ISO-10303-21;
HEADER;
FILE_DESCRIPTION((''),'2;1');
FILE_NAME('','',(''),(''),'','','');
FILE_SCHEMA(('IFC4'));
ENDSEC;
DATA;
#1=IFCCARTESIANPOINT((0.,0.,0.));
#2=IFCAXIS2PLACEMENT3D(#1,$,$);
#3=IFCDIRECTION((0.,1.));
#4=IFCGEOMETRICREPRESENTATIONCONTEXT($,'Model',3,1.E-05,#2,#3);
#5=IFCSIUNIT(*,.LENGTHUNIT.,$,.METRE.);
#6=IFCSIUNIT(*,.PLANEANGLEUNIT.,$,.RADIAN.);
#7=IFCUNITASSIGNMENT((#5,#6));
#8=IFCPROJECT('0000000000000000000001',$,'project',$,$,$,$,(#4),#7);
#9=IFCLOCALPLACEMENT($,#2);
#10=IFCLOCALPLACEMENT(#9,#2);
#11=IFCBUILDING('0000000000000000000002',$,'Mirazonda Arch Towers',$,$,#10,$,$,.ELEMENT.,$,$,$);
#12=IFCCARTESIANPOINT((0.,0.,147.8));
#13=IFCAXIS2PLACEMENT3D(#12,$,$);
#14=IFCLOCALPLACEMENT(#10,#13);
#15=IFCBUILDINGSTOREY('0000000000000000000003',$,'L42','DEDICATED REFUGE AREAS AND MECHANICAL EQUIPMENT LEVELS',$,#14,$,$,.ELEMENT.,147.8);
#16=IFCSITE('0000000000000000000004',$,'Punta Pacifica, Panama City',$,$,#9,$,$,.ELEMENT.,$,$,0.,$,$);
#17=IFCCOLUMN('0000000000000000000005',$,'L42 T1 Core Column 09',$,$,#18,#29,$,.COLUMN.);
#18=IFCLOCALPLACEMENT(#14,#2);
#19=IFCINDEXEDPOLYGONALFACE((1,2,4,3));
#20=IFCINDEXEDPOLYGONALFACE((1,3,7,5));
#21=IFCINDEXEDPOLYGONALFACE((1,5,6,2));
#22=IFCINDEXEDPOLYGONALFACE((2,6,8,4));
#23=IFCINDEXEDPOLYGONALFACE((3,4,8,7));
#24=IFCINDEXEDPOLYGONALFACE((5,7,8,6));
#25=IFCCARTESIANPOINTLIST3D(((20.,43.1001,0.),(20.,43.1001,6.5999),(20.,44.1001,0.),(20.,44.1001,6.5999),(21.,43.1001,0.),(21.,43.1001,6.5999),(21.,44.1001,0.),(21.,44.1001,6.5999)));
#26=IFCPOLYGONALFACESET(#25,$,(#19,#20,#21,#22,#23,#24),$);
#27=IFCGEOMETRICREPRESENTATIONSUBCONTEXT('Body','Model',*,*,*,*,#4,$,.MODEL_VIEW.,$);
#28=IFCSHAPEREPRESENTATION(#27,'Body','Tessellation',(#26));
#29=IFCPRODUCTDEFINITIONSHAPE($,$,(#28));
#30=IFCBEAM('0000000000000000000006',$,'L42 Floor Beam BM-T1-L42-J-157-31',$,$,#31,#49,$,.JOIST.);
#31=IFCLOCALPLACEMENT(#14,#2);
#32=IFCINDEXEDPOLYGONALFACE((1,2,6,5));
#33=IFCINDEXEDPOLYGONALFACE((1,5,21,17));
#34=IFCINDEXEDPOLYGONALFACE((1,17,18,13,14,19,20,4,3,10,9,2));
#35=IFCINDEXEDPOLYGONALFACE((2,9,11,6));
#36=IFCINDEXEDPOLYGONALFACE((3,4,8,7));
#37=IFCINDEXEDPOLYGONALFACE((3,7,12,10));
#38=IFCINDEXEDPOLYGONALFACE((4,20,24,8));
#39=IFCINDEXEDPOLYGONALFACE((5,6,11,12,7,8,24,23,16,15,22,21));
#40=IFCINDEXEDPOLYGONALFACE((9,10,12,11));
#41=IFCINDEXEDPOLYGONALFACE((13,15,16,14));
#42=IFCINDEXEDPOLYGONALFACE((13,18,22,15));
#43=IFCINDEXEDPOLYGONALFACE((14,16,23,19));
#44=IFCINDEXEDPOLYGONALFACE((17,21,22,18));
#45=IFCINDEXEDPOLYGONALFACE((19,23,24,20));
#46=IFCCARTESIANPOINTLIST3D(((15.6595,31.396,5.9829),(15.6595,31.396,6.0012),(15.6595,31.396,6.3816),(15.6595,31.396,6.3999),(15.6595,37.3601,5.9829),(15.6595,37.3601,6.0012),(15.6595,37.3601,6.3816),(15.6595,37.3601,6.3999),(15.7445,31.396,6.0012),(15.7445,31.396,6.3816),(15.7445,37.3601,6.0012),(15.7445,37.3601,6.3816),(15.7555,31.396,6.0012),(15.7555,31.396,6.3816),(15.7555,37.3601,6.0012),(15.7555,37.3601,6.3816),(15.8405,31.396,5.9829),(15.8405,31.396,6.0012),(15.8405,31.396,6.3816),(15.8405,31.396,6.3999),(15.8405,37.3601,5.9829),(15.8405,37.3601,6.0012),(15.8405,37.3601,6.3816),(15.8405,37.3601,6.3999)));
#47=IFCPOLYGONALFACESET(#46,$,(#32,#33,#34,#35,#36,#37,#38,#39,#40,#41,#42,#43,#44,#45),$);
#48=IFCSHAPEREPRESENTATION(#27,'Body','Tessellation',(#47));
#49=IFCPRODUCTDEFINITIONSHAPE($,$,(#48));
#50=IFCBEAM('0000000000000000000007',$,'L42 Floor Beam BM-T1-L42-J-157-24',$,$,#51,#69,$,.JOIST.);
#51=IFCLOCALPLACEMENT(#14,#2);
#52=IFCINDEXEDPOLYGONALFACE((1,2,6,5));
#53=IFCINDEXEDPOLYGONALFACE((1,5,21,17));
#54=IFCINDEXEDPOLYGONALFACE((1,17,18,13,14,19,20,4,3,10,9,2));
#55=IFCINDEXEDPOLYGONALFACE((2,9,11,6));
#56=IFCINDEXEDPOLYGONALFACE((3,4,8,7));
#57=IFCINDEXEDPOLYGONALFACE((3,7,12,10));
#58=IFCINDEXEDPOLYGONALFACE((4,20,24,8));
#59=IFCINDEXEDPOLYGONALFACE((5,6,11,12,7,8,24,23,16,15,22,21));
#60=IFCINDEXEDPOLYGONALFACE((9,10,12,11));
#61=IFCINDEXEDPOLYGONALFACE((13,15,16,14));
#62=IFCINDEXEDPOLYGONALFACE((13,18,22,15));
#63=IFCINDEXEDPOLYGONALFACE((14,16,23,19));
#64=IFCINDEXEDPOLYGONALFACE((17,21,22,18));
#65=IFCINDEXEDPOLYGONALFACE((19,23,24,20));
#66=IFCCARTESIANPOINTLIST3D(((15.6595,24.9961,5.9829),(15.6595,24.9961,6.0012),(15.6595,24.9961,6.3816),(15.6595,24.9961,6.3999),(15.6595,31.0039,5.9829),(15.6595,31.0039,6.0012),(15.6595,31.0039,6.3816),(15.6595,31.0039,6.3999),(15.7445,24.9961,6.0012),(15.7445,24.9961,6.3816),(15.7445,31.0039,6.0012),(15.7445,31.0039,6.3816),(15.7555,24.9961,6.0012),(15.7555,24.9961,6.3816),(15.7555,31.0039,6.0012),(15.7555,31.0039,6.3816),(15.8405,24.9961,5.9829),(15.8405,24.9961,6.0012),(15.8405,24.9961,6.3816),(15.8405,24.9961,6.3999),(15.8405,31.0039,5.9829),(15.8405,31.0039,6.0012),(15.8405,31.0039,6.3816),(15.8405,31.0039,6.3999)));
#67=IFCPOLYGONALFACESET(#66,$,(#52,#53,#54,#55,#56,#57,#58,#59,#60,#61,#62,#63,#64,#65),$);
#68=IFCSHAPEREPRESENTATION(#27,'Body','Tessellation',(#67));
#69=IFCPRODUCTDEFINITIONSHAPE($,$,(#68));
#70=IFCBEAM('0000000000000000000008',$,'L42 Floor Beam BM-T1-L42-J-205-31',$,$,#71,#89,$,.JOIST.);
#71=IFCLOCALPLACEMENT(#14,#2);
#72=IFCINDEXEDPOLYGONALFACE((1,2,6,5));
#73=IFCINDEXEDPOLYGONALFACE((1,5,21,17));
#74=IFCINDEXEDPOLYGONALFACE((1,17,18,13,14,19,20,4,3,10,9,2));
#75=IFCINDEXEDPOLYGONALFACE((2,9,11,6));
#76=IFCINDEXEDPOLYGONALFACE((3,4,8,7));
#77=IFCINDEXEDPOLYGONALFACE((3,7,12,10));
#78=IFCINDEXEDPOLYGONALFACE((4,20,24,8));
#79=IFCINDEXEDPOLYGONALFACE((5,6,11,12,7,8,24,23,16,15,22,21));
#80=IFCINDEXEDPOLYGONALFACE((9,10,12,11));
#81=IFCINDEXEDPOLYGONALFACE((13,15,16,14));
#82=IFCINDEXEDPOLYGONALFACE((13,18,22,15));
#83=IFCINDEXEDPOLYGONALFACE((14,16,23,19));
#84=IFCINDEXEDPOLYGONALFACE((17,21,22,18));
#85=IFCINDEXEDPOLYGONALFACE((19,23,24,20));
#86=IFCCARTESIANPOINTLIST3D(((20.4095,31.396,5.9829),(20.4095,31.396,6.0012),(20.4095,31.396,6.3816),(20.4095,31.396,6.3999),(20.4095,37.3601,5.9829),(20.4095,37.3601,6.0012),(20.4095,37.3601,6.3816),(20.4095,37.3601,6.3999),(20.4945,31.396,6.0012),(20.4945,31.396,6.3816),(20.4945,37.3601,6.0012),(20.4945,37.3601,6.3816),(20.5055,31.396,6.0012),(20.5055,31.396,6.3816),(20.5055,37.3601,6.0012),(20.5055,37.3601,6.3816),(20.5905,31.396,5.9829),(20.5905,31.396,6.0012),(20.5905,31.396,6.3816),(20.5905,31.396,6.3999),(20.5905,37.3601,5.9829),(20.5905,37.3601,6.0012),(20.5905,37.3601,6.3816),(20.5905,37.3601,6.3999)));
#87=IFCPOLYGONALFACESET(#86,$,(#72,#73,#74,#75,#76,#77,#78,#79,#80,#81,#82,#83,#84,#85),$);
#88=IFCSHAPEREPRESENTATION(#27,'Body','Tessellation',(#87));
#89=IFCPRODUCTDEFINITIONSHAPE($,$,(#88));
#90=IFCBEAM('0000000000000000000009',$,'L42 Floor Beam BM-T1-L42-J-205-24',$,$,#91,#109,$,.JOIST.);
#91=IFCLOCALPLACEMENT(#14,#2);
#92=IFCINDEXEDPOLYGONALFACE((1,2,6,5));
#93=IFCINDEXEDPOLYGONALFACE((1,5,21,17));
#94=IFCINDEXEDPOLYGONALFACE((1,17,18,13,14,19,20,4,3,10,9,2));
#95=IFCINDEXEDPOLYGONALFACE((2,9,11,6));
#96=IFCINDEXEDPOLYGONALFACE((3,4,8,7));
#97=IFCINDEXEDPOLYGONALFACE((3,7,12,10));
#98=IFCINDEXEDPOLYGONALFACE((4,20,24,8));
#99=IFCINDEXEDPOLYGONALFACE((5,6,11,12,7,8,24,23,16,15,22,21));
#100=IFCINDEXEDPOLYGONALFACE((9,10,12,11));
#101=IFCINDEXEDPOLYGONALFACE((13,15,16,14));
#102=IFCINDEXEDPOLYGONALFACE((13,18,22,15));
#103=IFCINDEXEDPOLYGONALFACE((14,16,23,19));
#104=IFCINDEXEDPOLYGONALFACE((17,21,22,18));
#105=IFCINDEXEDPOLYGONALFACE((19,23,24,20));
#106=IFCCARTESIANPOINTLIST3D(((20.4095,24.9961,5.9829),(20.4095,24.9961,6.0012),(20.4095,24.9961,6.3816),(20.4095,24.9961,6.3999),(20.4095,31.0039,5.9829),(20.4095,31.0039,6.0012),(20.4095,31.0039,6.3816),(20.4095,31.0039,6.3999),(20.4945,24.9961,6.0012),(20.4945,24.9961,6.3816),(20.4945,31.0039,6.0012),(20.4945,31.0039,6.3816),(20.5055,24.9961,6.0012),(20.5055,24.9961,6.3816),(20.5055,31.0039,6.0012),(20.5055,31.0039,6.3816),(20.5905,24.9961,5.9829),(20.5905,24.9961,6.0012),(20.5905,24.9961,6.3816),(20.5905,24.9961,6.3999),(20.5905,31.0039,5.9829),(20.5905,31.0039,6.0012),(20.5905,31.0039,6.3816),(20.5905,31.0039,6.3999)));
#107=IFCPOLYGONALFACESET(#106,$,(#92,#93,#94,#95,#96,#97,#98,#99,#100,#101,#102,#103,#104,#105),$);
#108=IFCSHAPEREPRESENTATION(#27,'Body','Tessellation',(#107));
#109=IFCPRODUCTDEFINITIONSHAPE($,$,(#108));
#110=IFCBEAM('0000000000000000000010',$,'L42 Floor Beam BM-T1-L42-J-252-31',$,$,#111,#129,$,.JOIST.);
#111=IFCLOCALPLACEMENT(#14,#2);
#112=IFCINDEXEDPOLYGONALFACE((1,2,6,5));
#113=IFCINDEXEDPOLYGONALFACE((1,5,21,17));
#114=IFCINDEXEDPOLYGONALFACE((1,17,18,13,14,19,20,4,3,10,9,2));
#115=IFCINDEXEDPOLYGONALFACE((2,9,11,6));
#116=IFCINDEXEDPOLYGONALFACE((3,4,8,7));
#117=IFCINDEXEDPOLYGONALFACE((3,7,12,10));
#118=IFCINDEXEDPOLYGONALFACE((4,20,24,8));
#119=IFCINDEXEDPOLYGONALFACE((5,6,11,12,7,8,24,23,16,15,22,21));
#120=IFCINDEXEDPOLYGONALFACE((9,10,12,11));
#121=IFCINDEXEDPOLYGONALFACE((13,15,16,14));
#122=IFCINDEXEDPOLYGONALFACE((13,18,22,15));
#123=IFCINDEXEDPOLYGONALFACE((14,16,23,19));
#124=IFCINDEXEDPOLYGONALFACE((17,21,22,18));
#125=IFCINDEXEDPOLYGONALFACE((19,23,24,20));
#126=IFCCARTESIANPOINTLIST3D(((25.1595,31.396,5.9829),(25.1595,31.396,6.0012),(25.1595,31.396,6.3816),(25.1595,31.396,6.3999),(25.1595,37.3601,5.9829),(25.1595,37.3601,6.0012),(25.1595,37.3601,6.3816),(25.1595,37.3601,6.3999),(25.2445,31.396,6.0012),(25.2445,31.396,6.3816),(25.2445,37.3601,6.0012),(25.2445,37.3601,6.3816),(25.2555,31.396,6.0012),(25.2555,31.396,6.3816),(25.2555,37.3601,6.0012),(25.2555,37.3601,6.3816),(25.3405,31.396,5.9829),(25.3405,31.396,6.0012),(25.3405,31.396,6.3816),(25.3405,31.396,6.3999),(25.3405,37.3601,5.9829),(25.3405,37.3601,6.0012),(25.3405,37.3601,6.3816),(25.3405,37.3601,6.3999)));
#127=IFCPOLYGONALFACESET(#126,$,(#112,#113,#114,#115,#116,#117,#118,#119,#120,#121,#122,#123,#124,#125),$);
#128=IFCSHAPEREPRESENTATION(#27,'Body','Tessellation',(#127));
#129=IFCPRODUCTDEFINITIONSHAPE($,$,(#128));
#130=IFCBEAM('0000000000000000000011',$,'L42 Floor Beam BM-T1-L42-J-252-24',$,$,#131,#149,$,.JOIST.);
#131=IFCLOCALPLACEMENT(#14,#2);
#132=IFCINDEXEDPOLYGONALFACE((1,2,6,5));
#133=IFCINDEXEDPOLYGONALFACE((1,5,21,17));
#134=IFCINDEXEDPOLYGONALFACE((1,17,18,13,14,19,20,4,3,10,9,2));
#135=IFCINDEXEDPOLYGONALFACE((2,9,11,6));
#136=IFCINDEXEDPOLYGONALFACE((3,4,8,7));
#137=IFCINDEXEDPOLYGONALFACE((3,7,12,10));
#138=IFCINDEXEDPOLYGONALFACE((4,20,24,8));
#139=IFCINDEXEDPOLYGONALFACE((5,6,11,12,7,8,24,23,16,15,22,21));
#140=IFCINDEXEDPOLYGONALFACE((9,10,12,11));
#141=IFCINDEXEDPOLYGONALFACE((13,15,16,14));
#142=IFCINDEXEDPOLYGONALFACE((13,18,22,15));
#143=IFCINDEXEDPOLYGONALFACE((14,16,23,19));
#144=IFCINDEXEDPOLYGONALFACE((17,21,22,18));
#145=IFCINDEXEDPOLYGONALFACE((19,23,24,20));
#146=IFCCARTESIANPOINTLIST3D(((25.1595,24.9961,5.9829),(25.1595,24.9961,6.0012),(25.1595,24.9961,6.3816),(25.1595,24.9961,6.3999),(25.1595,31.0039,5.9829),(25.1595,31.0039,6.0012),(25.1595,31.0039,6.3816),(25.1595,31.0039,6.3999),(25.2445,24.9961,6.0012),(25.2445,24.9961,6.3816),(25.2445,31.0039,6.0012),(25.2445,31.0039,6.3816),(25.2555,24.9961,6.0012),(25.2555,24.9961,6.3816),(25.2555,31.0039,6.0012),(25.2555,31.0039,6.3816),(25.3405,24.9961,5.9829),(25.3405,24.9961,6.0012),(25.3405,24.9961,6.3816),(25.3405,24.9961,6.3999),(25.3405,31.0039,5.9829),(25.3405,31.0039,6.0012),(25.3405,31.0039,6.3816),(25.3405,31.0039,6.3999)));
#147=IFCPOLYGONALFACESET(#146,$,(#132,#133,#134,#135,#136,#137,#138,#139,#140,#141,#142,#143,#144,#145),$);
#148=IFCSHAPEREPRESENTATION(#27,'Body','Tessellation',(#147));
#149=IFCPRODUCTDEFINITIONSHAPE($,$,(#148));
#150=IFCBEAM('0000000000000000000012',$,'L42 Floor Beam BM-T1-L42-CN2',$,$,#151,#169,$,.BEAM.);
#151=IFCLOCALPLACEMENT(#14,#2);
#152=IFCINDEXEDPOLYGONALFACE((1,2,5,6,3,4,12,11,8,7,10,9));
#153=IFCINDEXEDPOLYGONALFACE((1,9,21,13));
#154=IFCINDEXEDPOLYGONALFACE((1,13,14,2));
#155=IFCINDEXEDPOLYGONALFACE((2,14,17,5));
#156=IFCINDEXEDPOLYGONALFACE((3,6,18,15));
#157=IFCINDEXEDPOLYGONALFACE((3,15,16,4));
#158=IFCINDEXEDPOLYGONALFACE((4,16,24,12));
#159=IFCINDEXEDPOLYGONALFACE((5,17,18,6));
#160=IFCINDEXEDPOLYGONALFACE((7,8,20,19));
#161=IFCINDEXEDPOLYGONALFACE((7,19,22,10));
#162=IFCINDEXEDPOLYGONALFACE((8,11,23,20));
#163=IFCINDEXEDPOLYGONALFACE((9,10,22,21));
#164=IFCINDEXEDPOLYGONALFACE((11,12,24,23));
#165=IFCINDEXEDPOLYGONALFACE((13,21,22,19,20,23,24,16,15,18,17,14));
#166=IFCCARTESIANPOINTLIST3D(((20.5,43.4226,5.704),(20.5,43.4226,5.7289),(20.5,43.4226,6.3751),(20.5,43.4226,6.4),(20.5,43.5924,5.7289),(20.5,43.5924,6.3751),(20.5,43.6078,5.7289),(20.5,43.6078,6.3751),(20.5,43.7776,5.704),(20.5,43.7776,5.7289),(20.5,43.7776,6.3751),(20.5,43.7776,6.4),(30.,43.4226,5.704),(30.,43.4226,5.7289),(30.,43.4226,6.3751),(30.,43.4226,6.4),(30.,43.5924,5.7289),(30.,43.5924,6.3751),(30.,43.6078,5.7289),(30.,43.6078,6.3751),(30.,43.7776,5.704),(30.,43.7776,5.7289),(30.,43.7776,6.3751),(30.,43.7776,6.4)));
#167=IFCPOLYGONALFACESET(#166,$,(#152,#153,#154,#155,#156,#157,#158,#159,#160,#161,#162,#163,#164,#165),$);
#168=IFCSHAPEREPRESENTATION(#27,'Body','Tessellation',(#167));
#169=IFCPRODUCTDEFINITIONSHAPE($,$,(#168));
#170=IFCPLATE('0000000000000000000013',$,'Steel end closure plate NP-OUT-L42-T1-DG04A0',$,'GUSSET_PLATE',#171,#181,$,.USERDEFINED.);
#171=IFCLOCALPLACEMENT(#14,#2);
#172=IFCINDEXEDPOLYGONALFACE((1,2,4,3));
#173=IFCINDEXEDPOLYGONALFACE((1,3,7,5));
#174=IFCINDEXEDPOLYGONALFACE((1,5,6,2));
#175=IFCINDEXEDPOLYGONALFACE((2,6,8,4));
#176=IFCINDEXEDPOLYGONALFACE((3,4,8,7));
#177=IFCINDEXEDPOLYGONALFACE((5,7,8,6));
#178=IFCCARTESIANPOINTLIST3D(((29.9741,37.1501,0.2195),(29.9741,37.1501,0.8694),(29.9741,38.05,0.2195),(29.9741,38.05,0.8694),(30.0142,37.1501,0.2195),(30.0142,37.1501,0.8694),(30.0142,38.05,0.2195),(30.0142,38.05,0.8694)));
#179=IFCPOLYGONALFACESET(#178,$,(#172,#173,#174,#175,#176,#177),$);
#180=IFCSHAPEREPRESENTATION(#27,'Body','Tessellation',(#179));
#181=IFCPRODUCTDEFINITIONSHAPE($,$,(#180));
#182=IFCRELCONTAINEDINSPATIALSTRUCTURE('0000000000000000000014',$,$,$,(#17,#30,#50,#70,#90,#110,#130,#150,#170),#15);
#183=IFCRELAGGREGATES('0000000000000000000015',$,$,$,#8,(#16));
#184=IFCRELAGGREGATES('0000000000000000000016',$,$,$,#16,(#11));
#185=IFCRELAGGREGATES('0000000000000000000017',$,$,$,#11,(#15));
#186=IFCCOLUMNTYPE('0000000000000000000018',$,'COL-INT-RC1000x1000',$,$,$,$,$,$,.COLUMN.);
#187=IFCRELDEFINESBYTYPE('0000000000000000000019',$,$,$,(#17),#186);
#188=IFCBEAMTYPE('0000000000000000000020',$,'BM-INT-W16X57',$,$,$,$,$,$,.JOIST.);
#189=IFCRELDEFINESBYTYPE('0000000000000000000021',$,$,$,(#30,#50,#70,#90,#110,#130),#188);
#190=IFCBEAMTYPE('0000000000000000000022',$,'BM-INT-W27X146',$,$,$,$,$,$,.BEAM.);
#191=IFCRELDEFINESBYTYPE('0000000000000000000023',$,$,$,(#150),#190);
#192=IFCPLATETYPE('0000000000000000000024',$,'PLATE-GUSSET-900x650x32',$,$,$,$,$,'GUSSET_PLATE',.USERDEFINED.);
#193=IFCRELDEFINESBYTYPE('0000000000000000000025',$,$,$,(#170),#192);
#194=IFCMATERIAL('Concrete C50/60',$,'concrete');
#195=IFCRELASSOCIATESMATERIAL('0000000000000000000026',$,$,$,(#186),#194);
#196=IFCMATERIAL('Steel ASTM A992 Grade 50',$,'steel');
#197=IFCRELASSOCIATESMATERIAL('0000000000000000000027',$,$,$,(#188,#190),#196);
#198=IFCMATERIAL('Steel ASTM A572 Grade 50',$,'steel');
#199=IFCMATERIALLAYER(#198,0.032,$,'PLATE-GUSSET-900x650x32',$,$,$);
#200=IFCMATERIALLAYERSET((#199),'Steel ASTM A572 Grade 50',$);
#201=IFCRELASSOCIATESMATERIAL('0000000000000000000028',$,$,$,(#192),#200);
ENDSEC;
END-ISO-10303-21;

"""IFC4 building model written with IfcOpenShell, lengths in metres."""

from ifc_helpers import new_model, si_unit, direction, frame, origin, origin_2d, place, context, subcontext, project, spatial, rectangle, i_section, extrude, material, layer, layer_set, material_profile, profile_set, type_object, element, save


model = new_model("IFC4")

# Units and contexts
model_context = context("Model", 3, precision=1e-05, world=origin(), true_north=direction((0.0, 1.0)))
body_context = subcontext(model_context, "Body", "Model", "MODEL_VIEW")
ifc_project = project(units=[si_unit("LENGTHUNIT", "METRE"), si_unit("PLANEANGLEUNIT", "RADIAN")], contexts=[model_context])

# Site, building, storey
site_placement = place(None, origin())
site = spatial("IfcSite", under=ifc_project, at=site_placement, Name="Punta Pacifica, Panama City", CompositionType="ELEMENT", RefElevation=0.0)
building_placement = place(site_placement, origin())
building = spatial("IfcBuilding", under=site, at=building_placement, Name="Mirazonda Arch Towers", CompositionType="ELEMENT")
storey_placement = place(building_placement, frame((0.0, 0.0, 147.8)))
storey = spatial("IfcBuildingStorey", under=building, at=storey_placement, Name="L42", Description="DEDICATED REFUGE AREAS AND MECHANICAL EQUIPMENT LEVELS", CompositionType="ELEMENT", Elevation=147.8)

# Column
ifc_material_1 = material(Name="Concrete C50/60", Category="concrete")
ifc_material_profile_1 = material_profile(ifc_material_1, rectangle(XDim=1.0, YDim=1.0, at=origin_2d()), Name="RC1000x1000")
ifc_profile_set_1 = profile_set([ifc_material_profile_1], Name="Concrete C50/60")
column_type = type_object("IfcColumnType", Name="COL-INT-RC1000x1000", PredefinedType="COLUMN", material=ifc_profile_set_1)
column_placement = place(storey_placement, frame((20.5, 43.6001, 0.0), z_axis=(0.0, 0.0, 1.0), x_axis=(1.0, 0.0, 0.0)))
element("IfcColumn", 1, at=column_placement, inside=storey, type_object=column_type, Name="L42 T1 Core Column 09", PredefinedType="COLUMN", context=body_context, shape_type="SweptSolid", body=[
    extrude(rectangle(XDim=1.0, YDim=1.0, at=origin_2d()), origin(), (0.0, 0.0, 1.0), 6.5999),
])

# Beams
ifc_material_2 = material(Name="Steel ASTM A992 Grade 50", Category="steel")
ifc_material_profile_2 = material_profile(ifc_material_2, i_section(OverallWidth=0.1809, OverallDepth=0.417, WebThickness=0.011, FlangeThickness=0.0183, at=origin_2d()), Name="W16X57")
ifc_profile_set_2 = profile_set([ifc_material_profile_2], Name="Steel ASTM A992 Grade 50")
beam_type_1 = type_object("IfcBeamType", Name="BM-INT-W16X57", PredefinedType="JOIST", material=ifc_profile_set_2)
beam_1_placement = place(storey_placement, frame((15.75, 31.396, 6.1914), z_axis=(0.0, 1.0, 0.0), x_axis=(-1.0, 0.0, 0.0)))
element("IfcBeam", 2, at=beam_1_placement, inside=storey, type_object=beam_type_1, Name="L42 Floor Beam BM-T1-L42-J-157-31", PredefinedType="JOIST", context=body_context, shape_type="SweptSolid", body=[
    extrude(i_section(OverallWidth=0.1809, OverallDepth=0.417, WebThickness=0.011, FlangeThickness=0.0183, at=origin_2d()), origin(), (0.0, 0.0, 1.0), 5.9641),
])
beam_2_placement = place(storey_placement, frame((15.75, 24.9961, 6.1914), z_axis=(0.0, 1.0, 0.0), x_axis=(-1.0, 0.0, 0.0)))
element("IfcBeam", 3, at=beam_2_placement, inside=storey, type_object=beam_type_1, Name="L42 Floor Beam BM-T1-L42-J-157-24", PredefinedType="JOIST", context=body_context, shape_type="SweptSolid", body=[
    extrude(i_section(OverallWidth=0.1809, OverallDepth=0.417, WebThickness=0.011, FlangeThickness=0.0183, at=origin_2d()), origin(), (0.0, 0.0, 1.0), 6.0078),
])
beam_3_placement = place(storey_placement, frame((20.5, 31.396, 6.1914), z_axis=(0.0, 1.0, 0.0), x_axis=(-1.0, 0.0, 0.0)))
element("IfcBeam", 4, at=beam_3_placement, inside=storey, type_object=beam_type_1, Name="L42 Floor Beam BM-T1-L42-J-205-31", PredefinedType="JOIST", context=body_context, shape_type="SweptSolid", body=[
    extrude(i_section(OverallWidth=0.1809, OverallDepth=0.417, WebThickness=0.011, FlangeThickness=0.0183, at=origin_2d()), origin(), (0.0, 0.0, 1.0), 5.9641),
])
beam_4_placement = place(storey_placement, frame((20.5, 24.9961, 6.1914), z_axis=(0.0, 1.0, 0.0), x_axis=(-1.0, 0.0, 0.0)))
element("IfcBeam", 5, at=beam_4_placement, inside=storey, type_object=beam_type_1, Name="L42 Floor Beam BM-T1-L42-J-205-24", PredefinedType="JOIST", context=body_context, shape_type="SweptSolid", body=[
    extrude(i_section(OverallWidth=0.1809, OverallDepth=0.417, WebThickness=0.011, FlangeThickness=0.0183, at=origin_2d()), origin(), (0.0, 0.0, 1.0), 6.0078),
])
beam_5_placement = place(storey_placement, frame((25.25, 31.396, 6.1914), z_axis=(0.0, 1.0, 0.0), x_axis=(-1.0, 0.0, 0.0)))
element("IfcBeam", 6, at=beam_5_placement, inside=storey, type_object=beam_type_1, Name="L42 Floor Beam BM-T1-L42-J-252-31", PredefinedType="JOIST", context=body_context, shape_type="SweptSolid", body=[
    extrude(i_section(OverallWidth=0.1809, OverallDepth=0.417, WebThickness=0.011, FlangeThickness=0.0183, at=origin_2d()), origin(), (0.0, 0.0, 1.0), 5.9641),
])
beam_6_placement = place(storey_placement, frame((25.25, 24.9961, 6.1914), z_axis=(0.0, 1.0, 0.0), x_axis=(-1.0, 0.0, 0.0)))
element("IfcBeam", 7, at=beam_6_placement, inside=storey, type_object=beam_type_1, Name="L42 Floor Beam BM-T1-L42-J-252-24", PredefinedType="JOIST", context=body_context, shape_type="SweptSolid", body=[
    extrude(i_section(OverallWidth=0.1809, OverallDepth=0.417, WebThickness=0.011, FlangeThickness=0.0183, at=origin_2d()), origin(), (0.0, 0.0, 1.0), 6.0078),
])
ifc_material_profile_3 = material_profile(ifc_material_2, i_section(OverallWidth=0.355, OverallDepth=0.696, WebThickness=0.0154, FlangeThickness=0.0249, at=origin_2d()), Name="W27X146")
ifc_profile_set_3 = profile_set([ifc_material_profile_3], Name="Steel ASTM A992 Grade 50")
beam_type_2 = type_object("IfcBeamType", Name="BM-INT-W27X146", PredefinedType="BEAM", material=ifc_profile_set_3)
beam_7_placement = place(storey_placement, frame((20.5, 43.6001, 6.052), z_axis=(1.0, 0.0, 0.0), x_axis=(0.0, 1.0, 0.0)))
element("IfcBeam", 8, at=beam_7_placement, inside=storey, type_object=beam_type_2, Name="L42 Floor Beam BM-T1-L42-CN2", PredefinedType="BEAM", context=body_context, shape_type="SweptSolid", body=[
    extrude(i_section(OverallWidth=0.355, OverallDepth=0.696, WebThickness=0.0154, FlangeThickness=0.0249, at=origin_2d()), origin(), (0.0, 0.0, 1.0), 9.5),
])

# Plate
ifc_material_3 = material(Name="Steel ASTM A572 Grade 50", Category="steel")
ifc_layer_1 = layer(ifc_material_3, 0.032, Name="PLATE-GUSSET-900x650x32")
ifc_layer_set_1 = layer_set([ifc_layer_1], Name="Steel ASTM A572 Grade 50")
plate_type = type_object("IfcPlateType", Name="PLATE-GUSSET-900x650x32", ElementType="GUSSET_PLATE", PredefinedType="USERDEFINED", material=ifc_layer_set_1)
plate_placement = place(storey_placement, frame((29.9941, 37.6001, 0.2195), z_axis=(0.0, 0.0, 1.0), x_axis=(-1.0, 0.0, 0.0)))
element("IfcPlate", 9, at=plate_placement, inside=storey, type_object=plate_type, Name="Steel end closure plate NP-OUT-L42-T1-DG04A0", ObjectType="GUSSET_PLATE", PredefinedType="USERDEFINED", context=body_context, shape_type="SweptSolid", body=[
    extrude(rectangle(XDim=0.04, YDim=0.8999, at=origin_2d()), origin(), (0.0, 0.0, 1.0), 0.6499),
])

save(model, "model.ifc")
